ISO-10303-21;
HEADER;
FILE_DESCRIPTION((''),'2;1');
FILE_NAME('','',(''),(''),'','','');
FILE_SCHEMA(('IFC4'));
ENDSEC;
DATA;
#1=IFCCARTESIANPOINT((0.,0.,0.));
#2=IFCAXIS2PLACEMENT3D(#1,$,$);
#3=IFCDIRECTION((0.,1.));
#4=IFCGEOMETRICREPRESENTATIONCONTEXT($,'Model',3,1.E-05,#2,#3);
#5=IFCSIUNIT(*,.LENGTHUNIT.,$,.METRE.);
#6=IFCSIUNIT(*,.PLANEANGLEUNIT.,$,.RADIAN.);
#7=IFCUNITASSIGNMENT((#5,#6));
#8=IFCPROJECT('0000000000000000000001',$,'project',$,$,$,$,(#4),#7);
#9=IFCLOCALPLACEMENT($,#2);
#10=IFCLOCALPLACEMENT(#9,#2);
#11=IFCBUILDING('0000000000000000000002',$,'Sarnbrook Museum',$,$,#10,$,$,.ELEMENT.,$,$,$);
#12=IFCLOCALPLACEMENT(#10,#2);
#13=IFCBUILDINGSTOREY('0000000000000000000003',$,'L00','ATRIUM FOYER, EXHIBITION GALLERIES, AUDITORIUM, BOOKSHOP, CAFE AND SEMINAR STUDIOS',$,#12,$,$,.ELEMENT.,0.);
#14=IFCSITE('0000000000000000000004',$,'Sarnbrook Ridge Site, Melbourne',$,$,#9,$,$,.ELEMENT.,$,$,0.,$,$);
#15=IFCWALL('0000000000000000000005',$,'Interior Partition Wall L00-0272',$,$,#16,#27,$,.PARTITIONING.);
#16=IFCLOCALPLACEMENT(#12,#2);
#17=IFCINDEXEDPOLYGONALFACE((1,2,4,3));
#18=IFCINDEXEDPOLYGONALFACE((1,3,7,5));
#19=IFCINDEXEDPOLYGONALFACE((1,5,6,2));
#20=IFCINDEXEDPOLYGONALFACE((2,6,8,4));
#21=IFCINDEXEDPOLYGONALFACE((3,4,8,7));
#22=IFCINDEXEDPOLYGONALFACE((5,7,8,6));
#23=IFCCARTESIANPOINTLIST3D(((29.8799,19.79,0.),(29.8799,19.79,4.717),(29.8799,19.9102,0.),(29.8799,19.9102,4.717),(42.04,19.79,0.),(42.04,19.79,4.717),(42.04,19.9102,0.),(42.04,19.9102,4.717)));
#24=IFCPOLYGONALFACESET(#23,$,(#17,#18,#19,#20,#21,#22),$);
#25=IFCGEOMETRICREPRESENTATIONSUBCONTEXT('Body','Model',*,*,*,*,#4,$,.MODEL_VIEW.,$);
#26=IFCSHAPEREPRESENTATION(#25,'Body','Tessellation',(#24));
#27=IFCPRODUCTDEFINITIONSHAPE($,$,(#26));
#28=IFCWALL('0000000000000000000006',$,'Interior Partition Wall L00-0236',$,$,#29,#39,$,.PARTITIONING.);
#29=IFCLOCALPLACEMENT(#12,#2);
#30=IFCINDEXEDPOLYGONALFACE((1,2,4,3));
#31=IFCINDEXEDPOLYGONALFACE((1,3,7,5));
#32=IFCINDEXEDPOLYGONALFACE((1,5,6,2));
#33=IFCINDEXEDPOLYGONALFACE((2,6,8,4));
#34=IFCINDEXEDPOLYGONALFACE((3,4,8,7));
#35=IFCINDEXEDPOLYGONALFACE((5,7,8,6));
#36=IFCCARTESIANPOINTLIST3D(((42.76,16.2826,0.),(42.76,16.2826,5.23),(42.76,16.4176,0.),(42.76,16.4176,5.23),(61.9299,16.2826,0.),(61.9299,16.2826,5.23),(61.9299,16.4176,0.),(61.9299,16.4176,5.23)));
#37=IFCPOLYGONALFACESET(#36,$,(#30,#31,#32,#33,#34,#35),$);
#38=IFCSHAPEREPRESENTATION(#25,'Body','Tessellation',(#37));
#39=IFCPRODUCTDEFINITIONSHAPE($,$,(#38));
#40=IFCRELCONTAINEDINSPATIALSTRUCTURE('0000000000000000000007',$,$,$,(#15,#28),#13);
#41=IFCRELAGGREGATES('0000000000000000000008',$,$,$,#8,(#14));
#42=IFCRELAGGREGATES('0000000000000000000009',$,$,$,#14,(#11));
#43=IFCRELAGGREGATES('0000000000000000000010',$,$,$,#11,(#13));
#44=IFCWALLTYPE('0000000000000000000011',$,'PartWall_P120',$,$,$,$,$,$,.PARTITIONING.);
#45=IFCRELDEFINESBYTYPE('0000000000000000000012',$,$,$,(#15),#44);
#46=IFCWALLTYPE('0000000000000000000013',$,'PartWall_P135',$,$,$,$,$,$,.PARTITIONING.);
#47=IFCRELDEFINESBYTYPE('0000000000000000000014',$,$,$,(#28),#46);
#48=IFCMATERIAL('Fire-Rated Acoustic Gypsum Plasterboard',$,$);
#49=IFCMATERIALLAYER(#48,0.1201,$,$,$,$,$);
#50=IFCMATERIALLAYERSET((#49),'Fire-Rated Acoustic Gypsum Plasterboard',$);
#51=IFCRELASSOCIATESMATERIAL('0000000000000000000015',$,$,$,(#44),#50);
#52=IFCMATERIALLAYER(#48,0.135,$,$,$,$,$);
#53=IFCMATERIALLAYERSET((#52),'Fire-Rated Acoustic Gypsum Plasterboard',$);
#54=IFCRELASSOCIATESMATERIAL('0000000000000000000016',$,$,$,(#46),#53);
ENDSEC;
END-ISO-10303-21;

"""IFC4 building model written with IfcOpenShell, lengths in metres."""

from ifc_helpers import new_model, si_unit, direction, frame, frame_2d, origin, place, context, subcontext, project, spatial, rectangle, extrude, material, layer, layer_set, type_object, element, save


model = new_model("IFC4")

# Units and contexts
model_context = context("Model", 3, precision=1e-05, world=origin(), true_north=direction((0.0, 1.0)))
body_context = subcontext(model_context, "Body", "Model", "MODEL_VIEW")
ifc_project = project(units=[si_unit("LENGTHUNIT", "METRE"), si_unit("PLANEANGLEUNIT", "RADIAN")], contexts=[model_context])

# Site, building, storey
site_placement = place(None, origin())
site = spatial("IfcSite", under=ifc_project, at=site_placement, Name="Sarnbrook Ridge Site, Melbourne", CompositionType="ELEMENT", RefElevation=0.0)
building_placement = place(site_placement, origin())
building = spatial("IfcBuilding", under=site, at=building_placement, Name="Sarnbrook Museum", CompositionType="ELEMENT")
storey_placement = place(building_placement, origin())
storey = spatial("IfcBuildingStorey", under=building, at=storey_placement, Name="L00", Description="ATRIUM FOYER, EXHIBITION GALLERIES, AUDITORIUM, BOOKSHOP, CAFE AND SEMINAR STUDIOS", CompositionType="ELEMENT", Elevation=0.0)

# Walls
ifc_material_1 = material(Name="Fire-Rated Acoustic Gypsum Plasterboard")
ifc_layer_1 = layer(ifc_material_1, 0.1201)
ifc_layer_set_1 = layer_set([ifc_layer_1], Name="Fire-Rated Acoustic Gypsum Plasterboard")
wall_type_1 = type_object("IfcWallType", Name="PartWall_P120", PredefinedType="PARTITIONING", material=ifc_layer_set_1)
wall_1_placement = place(storey_placement, frame((42.04, 19.8501, 0.0), z_axis=(0.0, 0.0, 1.0), x_axis=(-1.0, 0.0, 0.0)))
element("IfcWall", 1, at=wall_1_placement, inside=storey, type_object=wall_type_1, Name="Interior Partition Wall L00-0272", PredefinedType="PARTITIONING", context=body_context, shape_type="SweptSolid", body=[
    extrude(rectangle(XDim=12.1602, YDim=0.1201, at=frame_2d((6.0801, 0.0))), origin(), (0.0, 0.0, 1.0), 4.717),
])
ifc_layer_2 = layer(ifc_material_1, 0.135)
ifc_layer_set_2 = layer_set([ifc_layer_2], Name="Fire-Rated Acoustic Gypsum Plasterboard")
wall_type_2 = type_object("IfcWallType", Name="PartWall_P135", PredefinedType="PARTITIONING", material=ifc_layer_set_2)
wall_2_placement = place(storey_placement, frame((42.76, 16.3501, 0.0), z_axis=(0.0, 0.0, 1.0), x_axis=(1.0, 0.0, 0.0)))
element("IfcWall", 2, at=wall_2_placement, inside=storey, type_object=wall_type_2, Name="Interior Partition Wall L00-0236", PredefinedType="PARTITIONING", context=body_context, shape_type="SweptSolid", body=[
    extrude(rectangle(XDim=19.1699, YDim=0.135, at=frame_2d((9.585, 0.0))), origin(), (0.0, 0.0, 1.0), 5.23),
])

save(model, "model.ifc")
